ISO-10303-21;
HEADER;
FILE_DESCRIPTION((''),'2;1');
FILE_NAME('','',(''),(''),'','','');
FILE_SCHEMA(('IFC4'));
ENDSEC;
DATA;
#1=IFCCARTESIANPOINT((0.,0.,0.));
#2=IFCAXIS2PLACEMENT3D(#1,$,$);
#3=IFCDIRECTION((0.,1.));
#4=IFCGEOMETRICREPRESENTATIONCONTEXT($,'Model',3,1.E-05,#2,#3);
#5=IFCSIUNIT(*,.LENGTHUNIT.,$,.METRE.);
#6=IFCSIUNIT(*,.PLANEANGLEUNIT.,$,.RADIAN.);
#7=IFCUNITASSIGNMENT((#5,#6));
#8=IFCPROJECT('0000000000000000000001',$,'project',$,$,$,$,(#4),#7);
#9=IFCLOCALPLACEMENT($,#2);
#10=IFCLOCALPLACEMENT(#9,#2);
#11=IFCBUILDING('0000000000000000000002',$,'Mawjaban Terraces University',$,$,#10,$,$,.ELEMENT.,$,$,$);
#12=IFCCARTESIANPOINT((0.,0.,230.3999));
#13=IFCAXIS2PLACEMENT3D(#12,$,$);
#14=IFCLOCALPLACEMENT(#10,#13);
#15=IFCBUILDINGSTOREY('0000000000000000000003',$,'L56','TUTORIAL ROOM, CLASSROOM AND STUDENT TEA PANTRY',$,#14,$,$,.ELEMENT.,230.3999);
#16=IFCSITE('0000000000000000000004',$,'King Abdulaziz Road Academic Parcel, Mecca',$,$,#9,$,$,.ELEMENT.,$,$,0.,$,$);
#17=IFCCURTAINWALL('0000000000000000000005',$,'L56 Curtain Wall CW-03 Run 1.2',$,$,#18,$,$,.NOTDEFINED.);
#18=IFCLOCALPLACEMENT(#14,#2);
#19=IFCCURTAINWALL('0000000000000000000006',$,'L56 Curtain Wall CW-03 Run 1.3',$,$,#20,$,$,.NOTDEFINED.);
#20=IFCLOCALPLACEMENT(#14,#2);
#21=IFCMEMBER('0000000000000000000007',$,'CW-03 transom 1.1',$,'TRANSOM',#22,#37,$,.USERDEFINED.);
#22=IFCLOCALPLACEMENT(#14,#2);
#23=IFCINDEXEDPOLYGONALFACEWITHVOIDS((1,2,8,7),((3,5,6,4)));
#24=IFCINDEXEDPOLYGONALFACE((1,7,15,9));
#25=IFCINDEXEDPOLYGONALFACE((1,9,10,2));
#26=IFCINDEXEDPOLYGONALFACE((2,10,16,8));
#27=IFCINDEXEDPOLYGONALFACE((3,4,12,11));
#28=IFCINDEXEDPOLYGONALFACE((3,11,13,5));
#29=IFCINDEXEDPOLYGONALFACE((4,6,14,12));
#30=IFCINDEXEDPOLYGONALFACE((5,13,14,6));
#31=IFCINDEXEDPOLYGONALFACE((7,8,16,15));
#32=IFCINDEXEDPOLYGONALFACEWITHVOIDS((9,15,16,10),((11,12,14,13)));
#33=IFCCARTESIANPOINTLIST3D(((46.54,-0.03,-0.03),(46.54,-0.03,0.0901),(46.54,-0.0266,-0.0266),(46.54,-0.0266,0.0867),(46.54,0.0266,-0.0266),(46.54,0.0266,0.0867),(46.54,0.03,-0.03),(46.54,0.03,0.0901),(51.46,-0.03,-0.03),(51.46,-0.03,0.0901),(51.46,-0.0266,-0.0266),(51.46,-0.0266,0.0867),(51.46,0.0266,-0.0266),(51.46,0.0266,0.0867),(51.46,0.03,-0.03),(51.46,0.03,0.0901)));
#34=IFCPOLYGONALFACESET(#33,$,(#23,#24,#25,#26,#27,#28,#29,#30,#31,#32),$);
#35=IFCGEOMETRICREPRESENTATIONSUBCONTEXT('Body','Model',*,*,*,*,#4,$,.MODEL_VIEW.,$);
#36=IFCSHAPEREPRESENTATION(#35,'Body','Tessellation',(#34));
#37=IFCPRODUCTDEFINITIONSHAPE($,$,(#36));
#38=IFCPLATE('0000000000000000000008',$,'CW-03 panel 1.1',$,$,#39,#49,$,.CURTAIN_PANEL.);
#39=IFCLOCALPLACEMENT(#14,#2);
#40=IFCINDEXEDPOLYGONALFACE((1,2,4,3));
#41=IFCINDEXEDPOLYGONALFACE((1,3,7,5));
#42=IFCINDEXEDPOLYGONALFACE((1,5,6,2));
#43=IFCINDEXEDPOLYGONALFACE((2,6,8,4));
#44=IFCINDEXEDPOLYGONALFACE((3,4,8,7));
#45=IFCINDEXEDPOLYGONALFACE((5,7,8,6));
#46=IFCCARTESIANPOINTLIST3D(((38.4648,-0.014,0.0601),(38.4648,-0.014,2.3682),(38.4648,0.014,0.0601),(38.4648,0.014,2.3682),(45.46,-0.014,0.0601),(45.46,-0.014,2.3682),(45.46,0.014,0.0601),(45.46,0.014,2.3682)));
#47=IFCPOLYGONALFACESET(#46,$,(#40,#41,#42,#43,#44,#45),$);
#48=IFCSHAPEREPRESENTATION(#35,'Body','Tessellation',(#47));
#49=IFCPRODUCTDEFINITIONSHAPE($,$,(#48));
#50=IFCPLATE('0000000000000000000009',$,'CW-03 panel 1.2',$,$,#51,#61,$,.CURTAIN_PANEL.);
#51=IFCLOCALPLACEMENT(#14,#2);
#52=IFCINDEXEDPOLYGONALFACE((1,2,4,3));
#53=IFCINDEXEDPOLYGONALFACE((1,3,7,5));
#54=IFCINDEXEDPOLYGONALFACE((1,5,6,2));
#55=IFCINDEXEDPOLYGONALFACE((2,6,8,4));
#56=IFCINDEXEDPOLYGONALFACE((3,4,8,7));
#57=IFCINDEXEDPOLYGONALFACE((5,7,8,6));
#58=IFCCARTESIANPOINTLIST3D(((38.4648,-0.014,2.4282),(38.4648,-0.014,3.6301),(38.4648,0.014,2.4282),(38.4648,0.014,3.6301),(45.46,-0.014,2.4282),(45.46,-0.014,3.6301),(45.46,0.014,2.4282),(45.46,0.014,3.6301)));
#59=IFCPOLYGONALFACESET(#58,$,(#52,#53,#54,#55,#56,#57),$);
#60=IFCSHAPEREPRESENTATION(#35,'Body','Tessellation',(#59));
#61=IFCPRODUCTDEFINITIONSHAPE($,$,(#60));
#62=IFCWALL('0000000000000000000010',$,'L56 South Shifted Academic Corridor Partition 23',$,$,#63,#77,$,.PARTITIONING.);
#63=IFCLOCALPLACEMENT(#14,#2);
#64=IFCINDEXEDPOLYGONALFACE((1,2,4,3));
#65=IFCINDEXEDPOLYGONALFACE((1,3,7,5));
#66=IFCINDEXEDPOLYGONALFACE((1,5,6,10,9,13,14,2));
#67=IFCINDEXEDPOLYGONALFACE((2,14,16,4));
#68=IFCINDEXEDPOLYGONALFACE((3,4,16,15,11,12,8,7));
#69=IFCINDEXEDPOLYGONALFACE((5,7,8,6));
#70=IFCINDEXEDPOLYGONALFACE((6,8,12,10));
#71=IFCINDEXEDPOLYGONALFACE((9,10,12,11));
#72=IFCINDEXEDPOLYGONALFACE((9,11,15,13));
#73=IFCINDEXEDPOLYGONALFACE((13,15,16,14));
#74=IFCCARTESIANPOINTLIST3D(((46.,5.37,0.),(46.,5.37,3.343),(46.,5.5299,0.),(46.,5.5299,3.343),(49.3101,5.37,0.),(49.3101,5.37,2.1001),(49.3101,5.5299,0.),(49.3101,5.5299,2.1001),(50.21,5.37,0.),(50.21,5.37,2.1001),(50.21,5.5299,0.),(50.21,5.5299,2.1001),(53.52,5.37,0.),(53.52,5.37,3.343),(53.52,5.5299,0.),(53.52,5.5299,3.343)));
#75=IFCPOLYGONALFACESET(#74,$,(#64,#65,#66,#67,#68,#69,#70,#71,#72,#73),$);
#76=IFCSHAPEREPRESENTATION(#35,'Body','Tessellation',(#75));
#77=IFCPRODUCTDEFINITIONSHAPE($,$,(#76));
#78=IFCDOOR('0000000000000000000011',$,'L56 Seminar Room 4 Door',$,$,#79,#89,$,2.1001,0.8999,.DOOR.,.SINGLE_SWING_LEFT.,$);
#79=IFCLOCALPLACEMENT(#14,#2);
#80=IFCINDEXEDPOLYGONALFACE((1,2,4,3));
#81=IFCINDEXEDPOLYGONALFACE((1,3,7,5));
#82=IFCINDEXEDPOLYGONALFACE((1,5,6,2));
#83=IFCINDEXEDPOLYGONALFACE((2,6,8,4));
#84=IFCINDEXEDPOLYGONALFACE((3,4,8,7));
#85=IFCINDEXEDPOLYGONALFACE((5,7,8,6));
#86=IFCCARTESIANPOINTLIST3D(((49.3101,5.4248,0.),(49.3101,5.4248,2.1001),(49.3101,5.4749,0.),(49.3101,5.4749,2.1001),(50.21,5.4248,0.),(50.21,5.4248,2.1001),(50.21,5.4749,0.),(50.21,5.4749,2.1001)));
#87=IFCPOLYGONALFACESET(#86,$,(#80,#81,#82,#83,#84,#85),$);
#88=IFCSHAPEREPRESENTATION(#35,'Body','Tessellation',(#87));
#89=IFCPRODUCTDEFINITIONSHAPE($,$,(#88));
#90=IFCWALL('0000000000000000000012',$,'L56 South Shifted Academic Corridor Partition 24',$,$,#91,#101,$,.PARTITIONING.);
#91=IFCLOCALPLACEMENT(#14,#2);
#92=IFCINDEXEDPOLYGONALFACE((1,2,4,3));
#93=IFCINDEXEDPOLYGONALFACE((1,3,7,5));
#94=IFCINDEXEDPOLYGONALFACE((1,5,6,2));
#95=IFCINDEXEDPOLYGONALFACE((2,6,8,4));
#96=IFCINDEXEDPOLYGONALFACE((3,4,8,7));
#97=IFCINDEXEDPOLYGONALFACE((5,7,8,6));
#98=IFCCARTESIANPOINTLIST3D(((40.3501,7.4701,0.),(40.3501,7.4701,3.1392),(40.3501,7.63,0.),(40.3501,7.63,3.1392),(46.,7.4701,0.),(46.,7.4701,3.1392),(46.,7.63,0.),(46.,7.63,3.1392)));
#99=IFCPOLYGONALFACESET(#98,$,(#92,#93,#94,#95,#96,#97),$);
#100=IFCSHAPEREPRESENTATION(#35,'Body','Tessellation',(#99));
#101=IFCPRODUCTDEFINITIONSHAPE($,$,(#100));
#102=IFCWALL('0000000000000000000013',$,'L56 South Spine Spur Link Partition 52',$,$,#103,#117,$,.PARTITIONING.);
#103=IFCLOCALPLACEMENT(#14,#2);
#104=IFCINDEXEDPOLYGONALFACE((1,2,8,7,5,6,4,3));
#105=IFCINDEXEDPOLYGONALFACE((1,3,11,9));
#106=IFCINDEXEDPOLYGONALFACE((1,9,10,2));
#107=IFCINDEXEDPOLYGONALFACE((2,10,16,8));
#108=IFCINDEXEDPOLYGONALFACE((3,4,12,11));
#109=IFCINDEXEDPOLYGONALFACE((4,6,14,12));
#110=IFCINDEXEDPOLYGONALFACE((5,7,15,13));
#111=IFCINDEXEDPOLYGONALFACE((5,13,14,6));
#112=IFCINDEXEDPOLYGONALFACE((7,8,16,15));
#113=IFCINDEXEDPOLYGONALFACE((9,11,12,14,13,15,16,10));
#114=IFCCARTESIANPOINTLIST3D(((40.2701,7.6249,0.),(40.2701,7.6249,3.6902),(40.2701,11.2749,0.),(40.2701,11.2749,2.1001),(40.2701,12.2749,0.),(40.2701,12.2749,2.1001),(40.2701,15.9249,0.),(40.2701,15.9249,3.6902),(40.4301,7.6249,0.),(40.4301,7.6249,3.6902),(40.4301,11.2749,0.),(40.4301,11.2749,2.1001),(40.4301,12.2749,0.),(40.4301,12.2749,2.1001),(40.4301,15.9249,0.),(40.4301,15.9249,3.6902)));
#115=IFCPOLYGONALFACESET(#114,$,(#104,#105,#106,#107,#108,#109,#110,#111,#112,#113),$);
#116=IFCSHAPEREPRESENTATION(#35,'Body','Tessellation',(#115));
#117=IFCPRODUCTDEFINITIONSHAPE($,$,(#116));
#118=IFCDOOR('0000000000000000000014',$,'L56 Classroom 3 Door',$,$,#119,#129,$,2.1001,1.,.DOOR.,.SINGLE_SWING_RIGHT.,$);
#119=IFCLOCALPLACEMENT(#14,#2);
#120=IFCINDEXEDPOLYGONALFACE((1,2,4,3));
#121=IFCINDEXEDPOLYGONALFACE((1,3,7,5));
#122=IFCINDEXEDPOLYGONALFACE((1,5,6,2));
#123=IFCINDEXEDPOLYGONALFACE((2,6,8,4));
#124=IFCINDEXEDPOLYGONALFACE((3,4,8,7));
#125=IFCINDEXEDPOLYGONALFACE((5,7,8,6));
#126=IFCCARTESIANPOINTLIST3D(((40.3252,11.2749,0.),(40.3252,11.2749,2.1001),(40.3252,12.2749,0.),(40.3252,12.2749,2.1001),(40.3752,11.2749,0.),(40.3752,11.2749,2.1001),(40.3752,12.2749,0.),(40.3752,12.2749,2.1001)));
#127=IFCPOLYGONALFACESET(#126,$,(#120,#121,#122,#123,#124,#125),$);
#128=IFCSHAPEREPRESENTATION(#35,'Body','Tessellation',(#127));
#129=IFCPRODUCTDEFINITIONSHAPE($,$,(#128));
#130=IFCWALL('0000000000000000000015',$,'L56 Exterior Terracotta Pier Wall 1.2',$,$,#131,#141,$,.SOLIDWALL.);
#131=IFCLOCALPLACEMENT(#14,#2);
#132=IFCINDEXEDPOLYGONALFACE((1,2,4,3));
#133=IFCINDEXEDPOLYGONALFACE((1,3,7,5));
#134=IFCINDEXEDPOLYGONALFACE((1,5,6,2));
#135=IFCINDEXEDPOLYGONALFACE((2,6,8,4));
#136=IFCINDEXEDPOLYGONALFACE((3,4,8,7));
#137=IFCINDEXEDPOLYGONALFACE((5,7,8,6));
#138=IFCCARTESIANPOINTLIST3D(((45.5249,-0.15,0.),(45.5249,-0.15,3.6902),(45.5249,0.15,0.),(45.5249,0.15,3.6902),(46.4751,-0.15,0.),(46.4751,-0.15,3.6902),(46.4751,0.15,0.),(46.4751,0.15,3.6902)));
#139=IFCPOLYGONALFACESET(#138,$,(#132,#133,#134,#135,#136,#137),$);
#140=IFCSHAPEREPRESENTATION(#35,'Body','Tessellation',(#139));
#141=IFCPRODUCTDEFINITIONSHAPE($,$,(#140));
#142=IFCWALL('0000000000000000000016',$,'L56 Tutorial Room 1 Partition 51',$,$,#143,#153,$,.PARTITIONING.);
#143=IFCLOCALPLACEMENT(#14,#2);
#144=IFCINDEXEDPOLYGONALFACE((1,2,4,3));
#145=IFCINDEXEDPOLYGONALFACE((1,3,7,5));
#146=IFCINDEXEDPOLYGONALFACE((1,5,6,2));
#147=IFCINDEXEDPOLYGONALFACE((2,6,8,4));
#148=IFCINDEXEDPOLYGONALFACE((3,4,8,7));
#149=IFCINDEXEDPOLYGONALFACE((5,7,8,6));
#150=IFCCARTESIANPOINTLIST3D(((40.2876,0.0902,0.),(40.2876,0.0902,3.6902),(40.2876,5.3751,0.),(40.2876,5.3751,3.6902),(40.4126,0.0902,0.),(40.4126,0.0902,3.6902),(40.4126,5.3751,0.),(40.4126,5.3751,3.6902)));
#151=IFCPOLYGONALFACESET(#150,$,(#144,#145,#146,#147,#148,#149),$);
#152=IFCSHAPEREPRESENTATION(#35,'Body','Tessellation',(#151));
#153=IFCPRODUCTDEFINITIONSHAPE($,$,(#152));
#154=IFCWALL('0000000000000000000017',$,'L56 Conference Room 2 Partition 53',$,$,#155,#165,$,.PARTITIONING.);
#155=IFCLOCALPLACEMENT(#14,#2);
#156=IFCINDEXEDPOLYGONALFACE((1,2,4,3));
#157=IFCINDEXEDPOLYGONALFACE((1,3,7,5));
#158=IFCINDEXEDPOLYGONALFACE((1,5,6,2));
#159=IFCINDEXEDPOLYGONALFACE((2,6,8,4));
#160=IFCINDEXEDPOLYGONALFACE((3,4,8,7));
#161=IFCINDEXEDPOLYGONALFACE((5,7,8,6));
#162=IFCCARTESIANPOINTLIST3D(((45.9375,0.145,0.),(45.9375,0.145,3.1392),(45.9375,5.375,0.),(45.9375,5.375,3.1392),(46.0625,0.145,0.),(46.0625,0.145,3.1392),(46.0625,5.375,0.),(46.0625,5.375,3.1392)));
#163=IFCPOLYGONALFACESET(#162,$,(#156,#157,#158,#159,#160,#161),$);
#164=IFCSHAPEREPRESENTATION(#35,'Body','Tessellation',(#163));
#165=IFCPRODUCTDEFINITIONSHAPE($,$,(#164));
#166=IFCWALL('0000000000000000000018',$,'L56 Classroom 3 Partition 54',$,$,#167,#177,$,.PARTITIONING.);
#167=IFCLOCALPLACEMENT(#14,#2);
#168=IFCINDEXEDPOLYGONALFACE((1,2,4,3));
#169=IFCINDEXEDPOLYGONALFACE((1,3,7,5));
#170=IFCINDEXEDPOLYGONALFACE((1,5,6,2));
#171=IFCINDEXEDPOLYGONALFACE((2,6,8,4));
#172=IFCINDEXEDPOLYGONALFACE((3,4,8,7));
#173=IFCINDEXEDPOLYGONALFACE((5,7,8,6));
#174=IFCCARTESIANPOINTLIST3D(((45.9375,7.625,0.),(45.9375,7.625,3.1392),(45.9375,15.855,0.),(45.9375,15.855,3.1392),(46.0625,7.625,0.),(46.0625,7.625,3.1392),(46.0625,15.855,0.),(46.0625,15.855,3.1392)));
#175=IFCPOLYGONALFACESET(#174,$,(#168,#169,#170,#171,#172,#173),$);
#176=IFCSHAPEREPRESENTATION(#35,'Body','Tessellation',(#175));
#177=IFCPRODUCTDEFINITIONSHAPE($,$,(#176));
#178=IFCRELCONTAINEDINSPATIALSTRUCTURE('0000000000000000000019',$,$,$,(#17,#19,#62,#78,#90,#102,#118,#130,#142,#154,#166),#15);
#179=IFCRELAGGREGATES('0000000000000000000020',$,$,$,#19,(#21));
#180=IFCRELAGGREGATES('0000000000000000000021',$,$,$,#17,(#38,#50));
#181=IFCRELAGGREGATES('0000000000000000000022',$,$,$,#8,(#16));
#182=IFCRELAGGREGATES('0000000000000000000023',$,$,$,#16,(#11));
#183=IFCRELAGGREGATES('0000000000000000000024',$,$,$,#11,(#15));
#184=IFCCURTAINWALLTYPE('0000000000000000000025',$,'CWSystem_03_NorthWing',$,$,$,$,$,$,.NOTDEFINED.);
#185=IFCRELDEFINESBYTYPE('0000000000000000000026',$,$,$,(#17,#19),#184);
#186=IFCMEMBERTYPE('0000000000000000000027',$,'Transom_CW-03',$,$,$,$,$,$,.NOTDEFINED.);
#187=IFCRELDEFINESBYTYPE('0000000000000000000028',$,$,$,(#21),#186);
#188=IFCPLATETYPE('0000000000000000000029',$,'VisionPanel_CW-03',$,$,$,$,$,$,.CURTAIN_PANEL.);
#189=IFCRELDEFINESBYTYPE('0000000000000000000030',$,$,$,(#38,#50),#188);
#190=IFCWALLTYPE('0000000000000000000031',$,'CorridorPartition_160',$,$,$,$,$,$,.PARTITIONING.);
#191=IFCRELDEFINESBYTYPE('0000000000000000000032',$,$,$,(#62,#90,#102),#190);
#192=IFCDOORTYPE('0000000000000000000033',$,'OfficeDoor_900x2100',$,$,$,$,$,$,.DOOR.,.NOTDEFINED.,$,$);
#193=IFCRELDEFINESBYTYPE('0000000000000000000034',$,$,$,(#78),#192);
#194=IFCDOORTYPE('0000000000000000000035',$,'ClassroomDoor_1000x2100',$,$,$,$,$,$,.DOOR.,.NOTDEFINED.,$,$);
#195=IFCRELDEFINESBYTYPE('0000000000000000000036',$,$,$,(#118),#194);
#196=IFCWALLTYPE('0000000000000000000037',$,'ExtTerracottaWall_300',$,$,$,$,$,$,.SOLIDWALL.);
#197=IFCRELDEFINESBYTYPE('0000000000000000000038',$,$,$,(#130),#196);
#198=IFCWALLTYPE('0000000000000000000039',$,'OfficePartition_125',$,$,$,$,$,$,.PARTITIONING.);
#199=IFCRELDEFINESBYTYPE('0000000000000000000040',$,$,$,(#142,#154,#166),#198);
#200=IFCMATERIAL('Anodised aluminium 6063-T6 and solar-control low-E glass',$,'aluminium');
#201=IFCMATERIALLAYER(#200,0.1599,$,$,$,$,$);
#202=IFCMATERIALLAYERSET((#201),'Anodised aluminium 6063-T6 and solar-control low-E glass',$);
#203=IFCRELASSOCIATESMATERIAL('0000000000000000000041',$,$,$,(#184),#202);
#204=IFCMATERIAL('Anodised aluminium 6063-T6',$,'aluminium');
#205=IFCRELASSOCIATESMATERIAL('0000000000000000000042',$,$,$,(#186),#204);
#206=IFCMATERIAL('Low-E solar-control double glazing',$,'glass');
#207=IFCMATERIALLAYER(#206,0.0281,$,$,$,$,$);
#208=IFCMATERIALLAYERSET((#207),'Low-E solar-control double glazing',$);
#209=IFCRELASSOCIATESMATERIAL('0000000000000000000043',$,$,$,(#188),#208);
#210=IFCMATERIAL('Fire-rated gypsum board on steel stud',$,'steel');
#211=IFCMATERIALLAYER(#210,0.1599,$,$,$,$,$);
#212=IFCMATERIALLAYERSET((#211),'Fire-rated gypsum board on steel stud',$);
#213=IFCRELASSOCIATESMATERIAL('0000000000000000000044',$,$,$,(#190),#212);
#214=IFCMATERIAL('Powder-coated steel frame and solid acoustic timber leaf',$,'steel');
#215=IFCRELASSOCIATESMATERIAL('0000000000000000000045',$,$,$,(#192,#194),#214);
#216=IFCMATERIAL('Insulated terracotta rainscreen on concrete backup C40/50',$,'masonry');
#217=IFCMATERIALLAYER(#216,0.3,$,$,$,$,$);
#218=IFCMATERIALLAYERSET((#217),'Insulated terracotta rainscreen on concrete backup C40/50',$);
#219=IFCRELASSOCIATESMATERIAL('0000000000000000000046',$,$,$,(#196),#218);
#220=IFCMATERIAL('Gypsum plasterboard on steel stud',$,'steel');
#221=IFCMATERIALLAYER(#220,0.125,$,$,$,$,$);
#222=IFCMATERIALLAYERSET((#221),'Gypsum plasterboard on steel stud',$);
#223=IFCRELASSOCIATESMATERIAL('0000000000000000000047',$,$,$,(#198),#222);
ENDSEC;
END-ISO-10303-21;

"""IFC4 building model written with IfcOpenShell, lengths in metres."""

from ifc_helpers import new_model, si_unit, direction, frame, frame_2d, origin, origin_2d, place, context, subcontext, project, spatial, rectangle, hollow_rectangle, extrude, material, layer, layer_set, material_profile, profile_set, type_object, element, fill, aggregate, save


model = new_model("IFC4")

# Units and contexts
model_context = context("Model", 3, precision=1e-05, world=origin(), true_north=direction((0.0, 1.0)))
body_context = subcontext(model_context, "Body", "Model", "MODEL_VIEW")
ifc_project = project(units=[si_unit("LENGTHUNIT", "METRE"), si_unit("PLANEANGLEUNIT", "RADIAN")], contexts=[model_context])

# Site, building, storey
site_placement = place(None, origin())
site = spatial("IfcSite", under=ifc_project, at=site_placement, Name="King Abdulaziz Road Academic Parcel, Mecca", CompositionType="ELEMENT", RefElevation=0.0)
building_placement = place(site_placement, origin())
building = spatial("IfcBuilding", under=site, at=building_placement, Name="Mawjaban Terraces University", CompositionType="ELEMENT")
storey_placement = place(building_placement, frame((0.0, 0.0, 230.3999)))
storey = spatial("IfcBuildingStorey", under=building, at=storey_placement, Name="L56", Description="TUTORIAL ROOM, CLASSROOM AND STUDENT TEA PANTRY", CompositionType="ELEMENT", Elevation=230.3999)

# Curtain walls
ifc_material_1 = material(Name="Anodised aluminium 6063-T6 and solar-control low-E glass", Category="aluminium")
ifc_layer_1 = layer(ifc_material_1, 0.1599)
ifc_layer_set_1 = layer_set([ifc_layer_1], Name="Anodised aluminium 6063-T6 and solar-control low-E glass")
curtain_wall_type = type_object("IfcCurtainWallType", Name="CWSystem_03_NorthWing", PredefinedType="NOTDEFINED", material=ifc_layer_set_1)
curtain_wall_1_placement = place(storey_placement, origin())
curtain_wall_1 = element("IfcCurtainWall", 1, at=curtain_wall_1_placement, inside=storey, type_object=curtain_wall_type, Name="L56 Curtain Wall CW-03 Run 1.2", PredefinedType="NOTDEFINED")
ifc_material_2 = material(Name="Anodised aluminium 6063-T6", Category="aluminium")
curtain_wall_2_placement = place(storey_placement, origin())
curtain_wall_2 = element("IfcCurtainWall", 2, at=curtain_wall_2_placement, inside=storey, type_object=curtain_wall_type, Name="L56 Curtain Wall CW-03 Run 1.3", PredefinedType="NOTDEFINED")

# Member
ifc_material_profile_1 = material_profile(ifc_material_2, hollow_rectangle(XDim=0.0601, YDim=0.1201, WallThickness=0.0034, at=origin_2d()), Name="ALU120X60X3.5")
ifc_profile_set_1 = profile_set([ifc_material_profile_1], Name="Anodised aluminium 6063-T6")
member_type_1 = type_object("IfcMemberType", Name="Transom_CW-03", PredefinedType="NOTDEFINED", material=ifc_profile_set_1)
member_1_placement = place(storey_placement, frame((46.54, 0.0, 0.03), z_axis=(1.0, 0.0, 0.0), x_axis=(0.0, 1.0, 0.0)))
member_1 = element("IfcMember", 3, at=member_1_placement, type_object=member_type_1, Name="CW-03 transom 1.1", ObjectType="TRANSOM", PredefinedType="USERDEFINED", context=body_context, shape_type="SweptSolid", body=[
    extrude(hollow_rectangle(XDim=0.0601, YDim=0.1201, WallThickness=0.0034, at=origin_2d()), origin(), (0.0, 0.0, 1.0), 4.9199),
])
aggregate(curtain_wall_2, [member_1])

# Plates
ifc_material_3 = material(Name="Low-E solar-control double glazing", Category="glass")
ifc_layer_2 = layer(ifc_material_3, 0.0281)
ifc_layer_set_2 = layer_set([ifc_layer_2], Name="Low-E solar-control double glazing")
plate_type = type_object("IfcPlateType", Name="VisionPanel_CW-03", PredefinedType="CURTAIN_PANEL", material=ifc_layer_set_2)
plate_1_placement = place(storey_placement, frame((41.9624, 0.0, 0.0601), z_axis=(0.0, 0.0, 1.0), x_axis=(1.0, 0.0, 0.0)))
plate_1 = element("IfcPlate", 4, at=plate_1_placement, type_object=plate_type, Name="CW-03 panel 1.1", PredefinedType="CURTAIN_PANEL", context=body_context, shape_type="SweptSolid", body=[
    extrude(rectangle(XDim=6.9951, YDim=0.0281, at=origin_2d()), origin(), (0.0, 0.0, 1.0), 2.3081),
])
plate_2_placement = place(storey_placement, frame((41.9624, 0.0, 2.4282), z_axis=(0.0, 0.0, 1.0), x_axis=(1.0, 0.0, 0.0)))
plate_2 = element("IfcPlate", 5, at=plate_2_placement, type_object=plate_type, Name="CW-03 panel 1.2", PredefinedType="CURTAIN_PANEL", context=body_context, shape_type="SweptSolid", body=[
    extrude(rectangle(XDim=6.9951, YDim=0.0281, at=origin_2d()), origin(), (0.0, 0.0, 1.0), 1.2019),
])
aggregate(curtain_wall_1, [plate_1, plate_2])

# Wall, opening, door
ifc_material_4 = material(Name="Fire-rated gypsum board on steel stud", Category="steel")
ifc_layer_3 = layer(ifc_material_4, 0.1599)
ifc_layer_set_3 = layer_set([ifc_layer_3], Name="Fire-rated gypsum board on steel stud")
wall_type_1 = type_object("IfcWallType", Name="CorridorPartition_160", PredefinedType="PARTITIONING", material=ifc_layer_set_3)
wall_1_placement = place(storey_placement, frame((46.0, 5.45, 0.0), z_axis=(0.0, 0.0, 1.0), x_axis=(1.0, 0.0, 0.0)))
wall_1 = element("IfcWall", 6, at=wall_1_placement, inside=storey, type_object=wall_type_1, Name="L56 South Shifted Academic Corridor Partition 23", PredefinedType="PARTITIONING", context=body_context, shape_type="SweptSolid", body=[
    extrude(rectangle(XDim=7.52, YDim=0.1599, at=frame_2d((3.76, 0.0))), origin(), (0.0, 0.0, 1.0), 3.343),
])
opening_1_placement = place(wall_1_placement, frame((3.3101, 0.0, 0.0)))
opening_1 = element("IfcOpeningElement", 7, at=opening_1_placement, cuts=wall_1, PredefinedType="OPENING", context=body_context, shape_type="SweptSolid", body=[
    extrude(rectangle(XDim=0.8999, YDim=2.1001, at=frame_2d((0.45, 1.05))), frame((0.0, 0.0898, 0.0), z_axis=(0.0, -1.0, 0.0), x_axis=(1.0, 0.0, 0.0)), (0.0, 0.0, 1.0), 0.1799),
])
ifc_material_5 = material(Name="Powder-coated steel frame and solid acoustic timber leaf", Category="steel")
door_type_1 = type_object("IfcDoorType", Name="OfficeDoor_900x2100", OperationType="NOTDEFINED", PredefinedType="DOOR", material=ifc_material_5)
door_1_placement = place(opening_1_placement, origin())
door_1 = element("IfcDoor", 8, at=door_1_placement, inside=storey, type_object=door_type_1, Name="L56 Seminar Room 4 Door", OperationType="SINGLE_SWING_LEFT", OverallHeight=2.1001, OverallWidth=0.8999, PredefinedType="DOOR", context=body_context, shape_type="SweptSolid", body=[
    extrude(rectangle(XDim=0.8999, YDim=2.1001, at=frame_2d((0.45, 1.05))), frame((0.0, 0.0249, 0.0), z_axis=(0.0, -1.0, 0.0), x_axis=(1.0, 0.0, 0.0)), (0.0, 0.0, 1.0), 0.05),
])
fill(opening_1, door_1)

# Wall
wall_2_placement = place(storey_placement, frame((46.0, 7.55, 0.0), z_axis=(0.0, 0.0, 1.0), x_axis=(-1.0, 0.0, 0.0)))
element("IfcWall", 9, at=wall_2_placement, inside=storey, type_object=wall_type_1, Name="L56 South Shifted Academic Corridor Partition 24", PredefinedType="PARTITIONING", context=body_context, shape_type="SweptSolid", body=[
    extrude(rectangle(XDim=5.6499, YDim=0.1599, at=frame_2d((2.825, 0.0))), origin(), (0.0, 0.0, 1.0), 3.1392),
])

# Wall, opening, door
wall_3_placement = place(storey_placement, frame((40.3501, 7.625, 0.0), z_axis=(0.0, 0.0, 1.0), x_axis=(0.0, 1.0, 0.0)))
wall_3 = element("IfcWall", 10, at=wall_3_placement, inside=storey, type_object=wall_type_1, Name="L56 South Spine Spur Link Partition 52", PredefinedType="PARTITIONING", context=body_context, shape_type="SweptSolid", body=[
    extrude(rectangle(XDim=8.3, YDim=0.1599, at=frame_2d((4.1499, 0.0))), origin(), (0.0, 0.0, 1.0), 3.6902),
])
opening_2_placement = place(wall_3_placement, frame((3.6499, 0.0, 0.0)))
opening_2 = element("IfcOpeningElement", 11, at=opening_2_placement, cuts=wall_3, PredefinedType="OPENING", context=body_context, shape_type="SweptSolid", body=[
    extrude(rectangle(XDim=1.0, YDim=2.1001, at=frame_2d((0.5, 1.05))), frame((0.0, 0.0898, 0.0), z_axis=(0.0, -1.0, 0.0), x_axis=(1.0, 0.0, 0.0)), (0.0, 0.0, 1.0), 0.1799),
])
door_type_2 = type_object("IfcDoorType", Name="ClassroomDoor_1000x2100", OperationType="NOTDEFINED", PredefinedType="DOOR", material=ifc_material_5)
door_2_placement = place(opening_2_placement, origin())
door_2 = element("IfcDoor", 12, at=door_2_placement, inside=storey, type_object=door_type_2, Name="L56 Classroom 3 Door", OperationType="SINGLE_SWING_RIGHT", OverallHeight=2.1001, OverallWidth=1.0, PredefinedType="DOOR", context=body_context, shape_type="SweptSolid", body=[
    extrude(rectangle(XDim=1.0, YDim=2.1001, at=frame_2d((0.5, 1.05))), frame((0.0, 0.0249, 0.0), z_axis=(0.0, -1.0, 0.0), x_axis=(1.0, 0.0, 0.0)), (0.0, 0.0, 1.0), 0.05),
])
fill(opening_2, door_2)

# Walls
ifc_material_6 = material(Name="Insulated terracotta rainscreen on concrete backup C40/50", Category="masonry")
ifc_layer_4 = layer(ifc_material_6, 0.3)
ifc_layer_set_4 = layer_set([ifc_layer_4], Name="Insulated terracotta rainscreen on concrete backup C40/50")
wall_type_2 = type_object("IfcWallType", Name="ExtTerracottaWall_300", PredefinedType="SOLIDWALL", material=ifc_layer_set_4)
wall_4_placement = place(storey_placement, frame((45.5249, 0.0, 0.0), z_axis=(0.0, 0.0, 1.0), x_axis=(1.0, 0.0, 0.0)))
element("IfcWall", 13, at=wall_4_placement, inside=storey, type_object=wall_type_2, Name="L56 Exterior Terracotta Pier Wall 1.2", PredefinedType="SOLIDWALL", context=body_context, shape_type="SweptSolid", body=[
    extrude(rectangle(XDim=0.9502, YDim=0.3, at=frame_2d((0.4751, 0.0))), origin(), (0.0, 0.0, 1.0), 3.6902),
])
ifc_material_7 = material(Name="Gypsum plasterboard on steel stud", Category="steel")
ifc_layer_5 = layer(ifc_material_7, 0.125)
ifc_layer_set_5 = layer_set([ifc_layer_5], Name="Gypsum plasterboard on steel stud")
wall_type_3 = type_object("IfcWallType", Name="OfficePartition_125", PredefinedType="PARTITIONING", material=ifc_layer_set_5)
wall_5_placement = place(storey_placement, frame((40.3501, 0.0901, 0.0), z_axis=(0.0, 0.0, 1.0), x_axis=(0.0, 1.0, 0.0)))
element("IfcWall", 14, at=wall_5_placement, inside=storey, type_object=wall_type_3, Name="L56 Tutorial Room 1 Partition 51", PredefinedType="PARTITIONING", context=body_context, shape_type="SweptSolid", body=[
    extrude(rectangle(XDim=5.2849, YDim=0.125, at=frame_2d((2.6426, 0.0))), origin(), (0.0, 0.0, 1.0), 3.6902),
])
wall_6_placement = place(storey_placement, frame((46.0, 0.145, 0.0), z_axis=(0.0, 0.0, 1.0), x_axis=(0.0, 1.0, 0.0)))
element("IfcWall", 15, at=wall_6_placement, inside=storey, type_object=wall_type_3, Name="L56 Conference Room 2 Partition 53", PredefinedType="PARTITIONING", context=body_context, shape_type="SweptSolid", body=[
    extrude(rectangle(XDim=5.23, YDim=0.125, at=frame_2d((2.615, 0.0))), origin(), (0.0, 0.0, 1.0), 3.1392),
])
wall_7_placement = place(storey_placement, frame((46.0, 7.625, 0.0), z_axis=(0.0, 0.0, 1.0), x_axis=(0.0, 1.0, 0.0)))
element("IfcWall", 16, at=wall_7_placement, inside=storey, type_object=wall_type_3, Name="L56 Classroom 3 Partition 54", PredefinedType="PARTITIONING", context=body_context, shape_type="SweptSolid", body=[
    extrude(rectangle(XDim=8.23, YDim=0.125, at=frame_2d((4.115, 0.0))), origin(), (0.0, 0.0, 1.0), 3.1392),
])

save(model, "model.ifc")
